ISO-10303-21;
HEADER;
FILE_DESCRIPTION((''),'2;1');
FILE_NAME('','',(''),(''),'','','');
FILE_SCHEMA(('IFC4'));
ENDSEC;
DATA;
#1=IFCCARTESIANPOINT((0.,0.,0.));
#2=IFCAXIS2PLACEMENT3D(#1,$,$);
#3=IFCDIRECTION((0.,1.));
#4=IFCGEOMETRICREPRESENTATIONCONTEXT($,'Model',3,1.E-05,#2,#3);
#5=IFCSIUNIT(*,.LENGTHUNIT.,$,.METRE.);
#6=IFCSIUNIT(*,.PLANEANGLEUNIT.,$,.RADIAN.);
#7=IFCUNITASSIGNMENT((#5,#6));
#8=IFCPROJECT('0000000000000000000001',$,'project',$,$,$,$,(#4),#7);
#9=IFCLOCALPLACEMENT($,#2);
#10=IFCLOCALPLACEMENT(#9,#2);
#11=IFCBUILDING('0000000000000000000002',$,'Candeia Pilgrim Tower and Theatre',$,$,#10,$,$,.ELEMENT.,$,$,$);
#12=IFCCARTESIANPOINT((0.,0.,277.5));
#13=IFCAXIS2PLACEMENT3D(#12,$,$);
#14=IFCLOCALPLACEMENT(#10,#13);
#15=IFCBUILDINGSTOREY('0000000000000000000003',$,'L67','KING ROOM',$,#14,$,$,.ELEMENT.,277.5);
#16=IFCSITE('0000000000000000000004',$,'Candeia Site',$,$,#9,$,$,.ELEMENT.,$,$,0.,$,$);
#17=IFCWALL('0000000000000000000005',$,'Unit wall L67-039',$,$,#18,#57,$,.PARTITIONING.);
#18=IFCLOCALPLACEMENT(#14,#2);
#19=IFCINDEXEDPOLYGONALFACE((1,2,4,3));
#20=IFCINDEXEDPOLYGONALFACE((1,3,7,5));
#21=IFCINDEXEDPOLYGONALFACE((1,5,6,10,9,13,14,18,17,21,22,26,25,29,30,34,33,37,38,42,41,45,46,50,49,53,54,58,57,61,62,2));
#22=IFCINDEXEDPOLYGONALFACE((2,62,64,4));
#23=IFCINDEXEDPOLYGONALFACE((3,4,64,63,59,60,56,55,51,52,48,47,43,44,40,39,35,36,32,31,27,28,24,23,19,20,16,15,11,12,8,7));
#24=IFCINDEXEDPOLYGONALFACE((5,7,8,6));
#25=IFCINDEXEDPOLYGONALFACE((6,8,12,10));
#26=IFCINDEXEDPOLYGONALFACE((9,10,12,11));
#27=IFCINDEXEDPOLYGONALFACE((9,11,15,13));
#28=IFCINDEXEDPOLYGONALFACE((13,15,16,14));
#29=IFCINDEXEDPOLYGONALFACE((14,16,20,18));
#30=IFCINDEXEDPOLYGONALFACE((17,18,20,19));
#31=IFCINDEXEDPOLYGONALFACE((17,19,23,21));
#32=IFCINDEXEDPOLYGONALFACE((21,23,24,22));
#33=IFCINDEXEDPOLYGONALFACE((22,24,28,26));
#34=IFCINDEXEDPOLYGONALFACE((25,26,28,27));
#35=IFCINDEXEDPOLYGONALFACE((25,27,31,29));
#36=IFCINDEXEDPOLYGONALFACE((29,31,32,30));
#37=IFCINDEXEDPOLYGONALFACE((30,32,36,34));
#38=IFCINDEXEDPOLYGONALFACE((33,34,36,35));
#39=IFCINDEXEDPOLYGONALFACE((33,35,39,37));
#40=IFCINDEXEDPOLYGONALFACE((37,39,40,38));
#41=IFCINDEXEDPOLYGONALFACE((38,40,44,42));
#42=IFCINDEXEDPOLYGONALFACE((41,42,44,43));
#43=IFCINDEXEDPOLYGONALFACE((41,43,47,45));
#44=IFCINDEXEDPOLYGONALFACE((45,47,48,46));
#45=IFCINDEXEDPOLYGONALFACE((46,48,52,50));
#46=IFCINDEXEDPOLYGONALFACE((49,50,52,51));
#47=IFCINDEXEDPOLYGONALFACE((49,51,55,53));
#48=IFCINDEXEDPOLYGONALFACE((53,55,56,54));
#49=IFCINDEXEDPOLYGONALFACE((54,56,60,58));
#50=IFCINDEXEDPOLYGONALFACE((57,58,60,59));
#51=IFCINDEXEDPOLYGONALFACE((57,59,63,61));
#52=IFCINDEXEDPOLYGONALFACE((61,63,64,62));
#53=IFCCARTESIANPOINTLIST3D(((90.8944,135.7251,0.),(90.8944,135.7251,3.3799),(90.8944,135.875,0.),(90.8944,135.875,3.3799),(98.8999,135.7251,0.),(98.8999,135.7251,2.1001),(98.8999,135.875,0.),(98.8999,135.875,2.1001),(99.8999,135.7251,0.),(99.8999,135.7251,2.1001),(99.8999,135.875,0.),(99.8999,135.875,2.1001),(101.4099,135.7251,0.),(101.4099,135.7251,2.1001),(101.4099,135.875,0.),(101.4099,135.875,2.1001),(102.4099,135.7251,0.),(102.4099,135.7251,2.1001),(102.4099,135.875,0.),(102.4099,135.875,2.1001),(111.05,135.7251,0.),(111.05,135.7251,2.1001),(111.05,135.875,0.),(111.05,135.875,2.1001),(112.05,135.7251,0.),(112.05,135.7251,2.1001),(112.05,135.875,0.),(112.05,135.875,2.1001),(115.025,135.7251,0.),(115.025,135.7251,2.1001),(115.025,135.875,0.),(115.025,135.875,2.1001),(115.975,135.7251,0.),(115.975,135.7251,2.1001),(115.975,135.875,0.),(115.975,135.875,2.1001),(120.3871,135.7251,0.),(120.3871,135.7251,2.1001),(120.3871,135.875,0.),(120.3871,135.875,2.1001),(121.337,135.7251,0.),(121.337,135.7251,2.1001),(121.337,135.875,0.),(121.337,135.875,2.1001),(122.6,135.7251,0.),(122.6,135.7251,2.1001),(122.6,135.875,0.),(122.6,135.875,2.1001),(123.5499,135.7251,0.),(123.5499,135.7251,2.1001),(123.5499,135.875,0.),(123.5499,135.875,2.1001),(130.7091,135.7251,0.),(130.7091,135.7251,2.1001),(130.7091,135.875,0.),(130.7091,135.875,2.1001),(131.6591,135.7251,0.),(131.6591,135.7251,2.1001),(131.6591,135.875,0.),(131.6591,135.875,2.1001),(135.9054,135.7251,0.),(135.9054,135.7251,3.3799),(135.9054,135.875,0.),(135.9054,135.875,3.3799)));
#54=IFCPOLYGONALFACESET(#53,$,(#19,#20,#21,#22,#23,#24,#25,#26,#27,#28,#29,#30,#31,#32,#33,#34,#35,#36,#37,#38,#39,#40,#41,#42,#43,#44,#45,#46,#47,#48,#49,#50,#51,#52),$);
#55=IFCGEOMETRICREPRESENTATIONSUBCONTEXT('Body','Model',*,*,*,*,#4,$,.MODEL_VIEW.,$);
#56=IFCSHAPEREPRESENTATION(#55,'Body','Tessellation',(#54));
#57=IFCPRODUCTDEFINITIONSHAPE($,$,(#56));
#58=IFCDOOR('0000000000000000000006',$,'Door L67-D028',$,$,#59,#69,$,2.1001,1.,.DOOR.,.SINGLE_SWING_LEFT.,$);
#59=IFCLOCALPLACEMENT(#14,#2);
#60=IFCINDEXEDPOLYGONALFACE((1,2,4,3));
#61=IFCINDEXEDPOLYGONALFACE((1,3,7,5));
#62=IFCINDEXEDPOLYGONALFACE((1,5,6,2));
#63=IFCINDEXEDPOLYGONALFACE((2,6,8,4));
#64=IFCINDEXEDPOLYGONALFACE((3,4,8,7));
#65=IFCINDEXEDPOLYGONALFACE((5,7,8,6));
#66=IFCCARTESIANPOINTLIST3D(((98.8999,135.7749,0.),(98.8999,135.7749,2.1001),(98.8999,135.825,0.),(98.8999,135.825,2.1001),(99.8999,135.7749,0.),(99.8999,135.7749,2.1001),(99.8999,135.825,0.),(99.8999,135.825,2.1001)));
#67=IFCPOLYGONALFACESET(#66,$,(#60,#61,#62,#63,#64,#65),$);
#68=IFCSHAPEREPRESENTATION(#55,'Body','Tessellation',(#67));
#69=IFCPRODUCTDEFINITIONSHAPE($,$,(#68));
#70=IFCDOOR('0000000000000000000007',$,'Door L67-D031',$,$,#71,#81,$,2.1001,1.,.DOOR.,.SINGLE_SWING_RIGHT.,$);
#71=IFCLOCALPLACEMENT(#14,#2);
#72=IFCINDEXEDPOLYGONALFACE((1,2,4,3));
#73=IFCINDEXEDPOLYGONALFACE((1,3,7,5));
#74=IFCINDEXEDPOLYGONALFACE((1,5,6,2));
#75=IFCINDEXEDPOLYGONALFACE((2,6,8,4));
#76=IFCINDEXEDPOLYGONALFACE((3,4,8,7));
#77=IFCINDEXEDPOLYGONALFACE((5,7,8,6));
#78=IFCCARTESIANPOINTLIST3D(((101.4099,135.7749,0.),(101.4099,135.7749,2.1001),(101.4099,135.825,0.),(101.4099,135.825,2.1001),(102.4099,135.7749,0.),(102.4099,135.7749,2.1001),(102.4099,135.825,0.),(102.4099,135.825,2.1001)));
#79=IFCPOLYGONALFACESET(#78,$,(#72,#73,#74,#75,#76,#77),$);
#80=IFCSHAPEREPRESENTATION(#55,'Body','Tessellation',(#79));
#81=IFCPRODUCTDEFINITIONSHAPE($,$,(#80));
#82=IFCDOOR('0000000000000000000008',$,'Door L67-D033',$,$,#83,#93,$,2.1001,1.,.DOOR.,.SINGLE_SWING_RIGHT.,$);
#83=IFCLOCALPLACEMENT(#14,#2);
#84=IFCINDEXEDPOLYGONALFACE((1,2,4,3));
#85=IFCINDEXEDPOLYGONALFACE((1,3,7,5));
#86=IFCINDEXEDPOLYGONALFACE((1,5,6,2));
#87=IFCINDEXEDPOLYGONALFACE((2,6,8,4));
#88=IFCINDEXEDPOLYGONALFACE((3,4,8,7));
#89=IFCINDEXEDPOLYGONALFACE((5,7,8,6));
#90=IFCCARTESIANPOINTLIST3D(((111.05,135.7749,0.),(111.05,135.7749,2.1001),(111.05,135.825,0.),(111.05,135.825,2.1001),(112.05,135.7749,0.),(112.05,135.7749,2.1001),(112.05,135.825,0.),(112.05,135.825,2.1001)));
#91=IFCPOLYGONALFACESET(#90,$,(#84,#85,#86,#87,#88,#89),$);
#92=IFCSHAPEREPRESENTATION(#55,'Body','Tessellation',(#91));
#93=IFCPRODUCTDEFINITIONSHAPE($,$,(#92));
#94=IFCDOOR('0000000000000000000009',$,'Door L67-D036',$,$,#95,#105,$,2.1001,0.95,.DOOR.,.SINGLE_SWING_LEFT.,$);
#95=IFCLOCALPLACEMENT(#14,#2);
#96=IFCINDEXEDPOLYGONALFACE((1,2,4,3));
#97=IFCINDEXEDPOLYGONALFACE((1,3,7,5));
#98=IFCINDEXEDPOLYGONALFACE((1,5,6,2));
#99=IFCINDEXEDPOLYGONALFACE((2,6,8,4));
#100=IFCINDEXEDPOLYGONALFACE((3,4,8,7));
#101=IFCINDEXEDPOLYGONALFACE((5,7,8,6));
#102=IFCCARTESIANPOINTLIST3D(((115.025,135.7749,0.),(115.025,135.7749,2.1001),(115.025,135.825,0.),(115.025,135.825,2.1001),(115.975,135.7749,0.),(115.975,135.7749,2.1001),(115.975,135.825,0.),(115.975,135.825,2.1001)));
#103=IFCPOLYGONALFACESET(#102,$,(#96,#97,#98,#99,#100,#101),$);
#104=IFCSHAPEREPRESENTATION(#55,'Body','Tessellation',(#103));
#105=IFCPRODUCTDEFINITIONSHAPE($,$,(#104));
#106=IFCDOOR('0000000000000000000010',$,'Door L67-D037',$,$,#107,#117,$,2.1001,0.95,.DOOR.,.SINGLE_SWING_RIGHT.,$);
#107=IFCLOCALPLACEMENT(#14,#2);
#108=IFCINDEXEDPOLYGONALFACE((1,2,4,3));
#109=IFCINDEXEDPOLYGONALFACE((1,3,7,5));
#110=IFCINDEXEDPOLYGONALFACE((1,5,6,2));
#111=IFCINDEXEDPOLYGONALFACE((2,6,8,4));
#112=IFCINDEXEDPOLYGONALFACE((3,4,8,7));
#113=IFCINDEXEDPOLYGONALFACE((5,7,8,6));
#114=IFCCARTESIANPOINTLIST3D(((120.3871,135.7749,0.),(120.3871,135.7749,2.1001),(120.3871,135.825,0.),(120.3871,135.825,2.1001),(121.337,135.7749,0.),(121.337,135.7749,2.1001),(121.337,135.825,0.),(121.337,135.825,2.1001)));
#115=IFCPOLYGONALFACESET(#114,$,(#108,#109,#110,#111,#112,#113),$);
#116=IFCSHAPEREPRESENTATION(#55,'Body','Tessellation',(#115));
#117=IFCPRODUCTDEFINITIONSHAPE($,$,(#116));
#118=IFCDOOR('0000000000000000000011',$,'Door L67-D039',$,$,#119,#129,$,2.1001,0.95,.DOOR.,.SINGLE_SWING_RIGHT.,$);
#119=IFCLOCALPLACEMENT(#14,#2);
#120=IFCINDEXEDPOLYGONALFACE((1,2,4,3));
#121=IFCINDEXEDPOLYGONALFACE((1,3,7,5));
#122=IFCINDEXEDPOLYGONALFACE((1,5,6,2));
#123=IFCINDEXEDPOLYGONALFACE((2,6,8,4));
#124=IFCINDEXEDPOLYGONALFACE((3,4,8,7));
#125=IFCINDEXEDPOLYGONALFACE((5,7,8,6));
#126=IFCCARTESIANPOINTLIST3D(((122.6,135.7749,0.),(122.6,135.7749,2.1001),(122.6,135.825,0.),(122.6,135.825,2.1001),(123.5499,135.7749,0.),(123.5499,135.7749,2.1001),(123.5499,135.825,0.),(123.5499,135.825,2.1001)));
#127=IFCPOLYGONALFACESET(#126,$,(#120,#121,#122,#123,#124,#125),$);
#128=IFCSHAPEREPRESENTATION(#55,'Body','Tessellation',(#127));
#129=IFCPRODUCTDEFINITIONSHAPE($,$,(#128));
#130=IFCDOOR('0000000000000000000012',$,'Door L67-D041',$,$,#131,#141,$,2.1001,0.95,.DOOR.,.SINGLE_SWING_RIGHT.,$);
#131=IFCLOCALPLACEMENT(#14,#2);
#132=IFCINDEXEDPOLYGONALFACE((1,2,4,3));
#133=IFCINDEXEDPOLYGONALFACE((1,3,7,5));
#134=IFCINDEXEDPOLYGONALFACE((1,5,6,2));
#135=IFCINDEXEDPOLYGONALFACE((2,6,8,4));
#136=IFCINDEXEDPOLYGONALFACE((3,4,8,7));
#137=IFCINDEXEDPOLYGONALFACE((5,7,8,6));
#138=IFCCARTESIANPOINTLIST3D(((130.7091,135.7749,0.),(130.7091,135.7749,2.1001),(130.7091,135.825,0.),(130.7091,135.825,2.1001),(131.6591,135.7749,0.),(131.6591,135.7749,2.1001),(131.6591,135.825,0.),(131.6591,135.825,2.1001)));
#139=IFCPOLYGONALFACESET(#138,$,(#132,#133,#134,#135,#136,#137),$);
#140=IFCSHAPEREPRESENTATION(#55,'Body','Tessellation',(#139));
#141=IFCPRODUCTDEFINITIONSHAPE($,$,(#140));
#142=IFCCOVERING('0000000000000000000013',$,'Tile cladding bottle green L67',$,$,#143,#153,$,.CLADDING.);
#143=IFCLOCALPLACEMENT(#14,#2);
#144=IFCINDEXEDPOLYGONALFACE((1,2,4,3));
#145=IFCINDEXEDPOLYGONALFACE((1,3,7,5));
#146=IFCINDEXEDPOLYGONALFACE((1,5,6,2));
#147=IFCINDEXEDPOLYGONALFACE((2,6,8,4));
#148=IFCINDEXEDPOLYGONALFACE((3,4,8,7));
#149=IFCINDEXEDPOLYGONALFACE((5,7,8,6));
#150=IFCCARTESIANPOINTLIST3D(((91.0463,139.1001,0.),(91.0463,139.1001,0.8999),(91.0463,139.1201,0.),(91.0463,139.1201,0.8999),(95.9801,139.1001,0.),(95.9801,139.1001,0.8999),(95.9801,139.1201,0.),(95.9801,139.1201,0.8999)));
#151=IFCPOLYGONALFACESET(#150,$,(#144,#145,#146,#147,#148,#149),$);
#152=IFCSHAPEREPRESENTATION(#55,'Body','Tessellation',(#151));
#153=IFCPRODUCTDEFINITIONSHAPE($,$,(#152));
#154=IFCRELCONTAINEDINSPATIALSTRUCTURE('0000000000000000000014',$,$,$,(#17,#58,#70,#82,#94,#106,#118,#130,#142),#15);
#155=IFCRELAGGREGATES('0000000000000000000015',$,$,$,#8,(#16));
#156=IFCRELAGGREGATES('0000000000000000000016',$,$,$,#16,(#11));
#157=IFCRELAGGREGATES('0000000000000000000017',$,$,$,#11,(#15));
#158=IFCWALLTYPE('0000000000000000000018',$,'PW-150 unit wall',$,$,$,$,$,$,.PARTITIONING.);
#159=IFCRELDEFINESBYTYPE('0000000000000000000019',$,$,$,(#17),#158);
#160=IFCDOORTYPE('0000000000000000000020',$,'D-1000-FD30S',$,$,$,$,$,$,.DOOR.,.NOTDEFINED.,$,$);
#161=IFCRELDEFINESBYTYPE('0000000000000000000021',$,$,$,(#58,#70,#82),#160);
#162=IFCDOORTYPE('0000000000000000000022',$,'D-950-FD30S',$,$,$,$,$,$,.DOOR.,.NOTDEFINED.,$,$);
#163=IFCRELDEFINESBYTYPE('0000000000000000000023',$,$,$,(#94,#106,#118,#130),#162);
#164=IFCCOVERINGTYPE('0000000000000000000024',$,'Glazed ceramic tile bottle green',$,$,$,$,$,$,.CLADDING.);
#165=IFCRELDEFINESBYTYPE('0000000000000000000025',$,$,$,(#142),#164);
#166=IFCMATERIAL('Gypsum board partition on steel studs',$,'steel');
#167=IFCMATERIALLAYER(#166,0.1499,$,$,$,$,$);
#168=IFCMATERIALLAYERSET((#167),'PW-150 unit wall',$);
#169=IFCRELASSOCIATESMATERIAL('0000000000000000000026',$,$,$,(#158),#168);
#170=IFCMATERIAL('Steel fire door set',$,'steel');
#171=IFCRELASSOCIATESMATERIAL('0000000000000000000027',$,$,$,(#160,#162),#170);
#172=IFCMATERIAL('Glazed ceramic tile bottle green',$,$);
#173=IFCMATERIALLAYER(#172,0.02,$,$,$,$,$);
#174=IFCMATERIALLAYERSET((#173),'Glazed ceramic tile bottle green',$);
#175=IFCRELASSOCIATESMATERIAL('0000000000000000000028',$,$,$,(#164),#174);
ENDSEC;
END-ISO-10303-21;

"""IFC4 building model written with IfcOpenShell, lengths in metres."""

from ifc_helpers import new_model, si_unit, direction, frame, frame_2d, origin, origin_2d, place, context, subcontext, project, spatial, rectangle, extrude, material, layer, layer_set, type_object, element, fill, save


model = new_model("IFC4")

# Units and contexts
model_context = context("Model", 3, precision=1e-05, world=origin(), true_north=direction((0.0, 1.0)))
body_context = subcontext(model_context, "Body", "Model", "MODEL_VIEW")
ifc_project = project(units=[si_unit("LENGTHUNIT", "METRE"), si_unit("PLANEANGLEUNIT", "RADIAN")], contexts=[model_context])

# Site, building, storey
site_placement = place(None, origin())
site = spatial("IfcSite", under=ifc_project, at=site_placement, Name="Candeia Site", CompositionType="ELEMENT", RefElevation=0.0)
building_placement = place(site_placement, origin())
building = spatial("IfcBuilding", under=site, at=building_placement, Name="Candeia Pilgrim Tower and Theatre", CompositionType="ELEMENT")
storey_placement = place(building_placement, frame((0.0, 0.0, 277.5)))
storey = spatial("IfcBuildingStorey", under=building, at=storey_placement, Name="L67", Description="KING ROOM", CompositionType="ELEMENT", Elevation=277.5)

# Shared definitions
ifc_material_1 = material(Name="Gypsum board partition on steel studs", Category="steel")

# Wall, openings, doors
ifc_layer_1 = layer(ifc_material_1, 0.1499)
ifc_layer_set_1 = layer_set([ifc_layer_1], Name="PW-150 unit wall")
wall_type_1 = type_object("IfcWallType", Name="PW-150 unit wall", PredefinedType="PARTITIONING", material=ifc_layer_set_1)
wall_1_placement = place(storey_placement, frame((90.8945, 135.8, 0.0), z_axis=(0.0, 0.0, 1.0), x_axis=(1.0, 0.0, 0.0)))
wall_1 = element("IfcWall", 1, at=wall_1_placement, inside=storey, type_object=wall_type_1, Name="Unit wall L67-039", PredefinedType="PARTITIONING", context=body_context, shape_type="SweptSolid", body=[
    extrude(rectangle(XDim=45.011, YDim=0.1499, at=frame_2d((22.5054, 0.0))), origin(), (0.0, 0.0, 1.0), 3.3799),
])
opening_1_placement = place(wall_1_placement, frame((8.0054, 0.0, 0.0)))
opening_1 = element("IfcOpeningElement", 2, at=opening_1_placement, cuts=wall_1, PredefinedType="OPENING", context=body_context, shape_type="SweptSolid", body=[
    extrude(rectangle(XDim=1.0, YDim=2.1001, at=frame_2d((0.5, 1.05))), frame((0.0, 0.085, 0.0), z_axis=(0.0, -1.0, 0.0), x_axis=(1.0, 0.0, 0.0)), (0.0, 0.0, 1.0), 0.1699),
])
opening_2_placement = place(wall_1_placement, frame((10.5154, 0.0, 0.0)))
opening_2 = element("IfcOpeningElement", 3, at=opening_2_placement, cuts=wall_1, PredefinedType="OPENING", context=body_context, shape_type="SweptSolid", body=[
    extrude(rectangle(XDim=1.0, YDim=2.1001, at=frame_2d((0.5, 1.05))), frame((0.0, 0.085, 0.0), z_axis=(0.0, -1.0, 0.0), x_axis=(1.0, 0.0, 0.0)), (0.0, 0.0, 1.0), 0.1699),
])
opening_3_placement = place(wall_1_placement, frame((20.1555, 0.0, 0.0)))
opening_3 = element("IfcOpeningElement", 4, at=opening_3_placement, cuts=wall_1, PredefinedType="OPENING", context=body_context, shape_type="SweptSolid", body=[
    extrude(rectangle(XDim=1.0, YDim=2.1001, at=frame_2d((0.5, 1.05))), frame((0.0, 0.085, 0.0), z_axis=(0.0, -1.0, 0.0), x_axis=(1.0, 0.0, 0.0)), (0.0, 0.0, 1.0), 0.1699),
])
opening_4_placement = place(wall_1_placement, frame((24.1304, 0.0, 0.0)))
opening_4 = element("IfcOpeningElement", 5, at=opening_4_placement, cuts=wall_1, PredefinedType="OPENING", context=body_context, shape_type="SweptSolid", body=[
    extrude(rectangle(XDim=0.95, YDim=2.1001, at=frame_2d((0.4751, 1.05))), frame((0.0, 0.085, 0.0), z_axis=(0.0, -1.0, 0.0), x_axis=(1.0, 0.0, 0.0)), (0.0, 0.0, 1.0), 0.1699),
])
opening_5_placement = place(wall_1_placement, frame((29.4924, 0.0, 0.0)))
opening_5 = element("IfcOpeningElement", 6, at=opening_5_placement, cuts=wall_1, PredefinedType="OPENING", context=body_context, shape_type="SweptSolid", body=[
    extrude(rectangle(XDim=0.95, YDim=2.1001, at=frame_2d((0.4751, 1.05))), frame((0.0, 0.085, 0.0), z_axis=(0.0, -1.0, 0.0), x_axis=(1.0, 0.0, 0.0)), (0.0, 0.0, 1.0), 0.1699),
])
opening_6_placement = place(wall_1_placement, frame((31.7053, 0.0, 0.0)))
opening_6 = element("IfcOpeningElement", 7, at=opening_6_placement, cuts=wall_1, PredefinedType="OPENING", context=body_context, shape_type="SweptSolid", body=[
    extrude(rectangle(XDim=0.95, YDim=2.1001, at=frame_2d((0.4751, 1.05))), frame((0.0, 0.085, 0.0), z_axis=(0.0, -1.0, 0.0), x_axis=(1.0, 0.0, 0.0)), (0.0, 0.0, 1.0), 0.1699),
])
opening_7_placement = place(wall_1_placement, frame((39.8145, 0.0, 0.0)))
opening_7 = element("IfcOpeningElement", 8, at=opening_7_placement, cuts=wall_1, PredefinedType="OPENING", context=body_context, shape_type="SweptSolid", body=[
    extrude(rectangle(XDim=0.95, YDim=2.1001, at=frame_2d((0.4751, 1.05))), frame((0.0, 0.085, 0.0), z_axis=(0.0, -1.0, 0.0), x_axis=(1.0, 0.0, 0.0)), (0.0, 0.0, 1.0), 0.1699),
])
ifc_material_2 = material(Name="Steel fire door set", Category="steel")
door_type_1 = type_object("IfcDoorType", Name="D-1000-FD30S", OperationType="NOTDEFINED", PredefinedType="DOOR", material=ifc_material_2)
door_1_placement = place(opening_1_placement, origin())
door_1 = element("IfcDoor", 9, at=door_1_placement, inside=storey, type_object=door_type_1, Name="Door L67-D028", OperationType="SINGLE_SWING_LEFT", OverallHeight=2.1001, OverallWidth=1.0, PredefinedType="DOOR", context=body_context, shape_type="SweptSolid", body=[
    extrude(rectangle(XDim=1.0, YDim=2.1001, at=frame_2d((0.5, 1.05))), frame((0.0, 0.0249, 0.0), z_axis=(0.0, -1.0, 0.0), x_axis=(1.0, 0.0, 0.0)), (0.0, 0.0, 1.0), 0.05),
])
fill(opening_1, door_1)
door_2_placement = place(opening_2_placement, origin())
door_2 = element("IfcDoor", 10, at=door_2_placement, inside=storey, type_object=door_type_1, Name="Door L67-D031", OperationType="SINGLE_SWING_RIGHT", OverallHeight=2.1001, OverallWidth=1.0, PredefinedType="DOOR", context=body_context, shape_type="SweptSolid", body=[
    extrude(rectangle(XDim=1.0, YDim=2.1001, at=frame_2d((0.5, 1.05))), frame((0.0, 0.0249, 0.0), z_axis=(0.0, -1.0, 0.0), x_axis=(1.0, 0.0, 0.0)), (0.0, 0.0, 1.0), 0.05),
])
fill(opening_2, door_2)
door_3_placement = place(opening_3_placement, origin())
door_3 = element("IfcDoor", 11, at=door_3_placement, inside=storey, type_object=door_type_1, Name="Door L67-D033", OperationType="SINGLE_SWING_RIGHT", OverallHeight=2.1001, OverallWidth=1.0, PredefinedType="DOOR", context=body_context, shape_type="SweptSolid", body=[
    extrude(rectangle(XDim=1.0, YDim=2.1001, at=frame_2d((0.5, 1.05))), frame((0.0, 0.0249, 0.0), z_axis=(0.0, -1.0, 0.0), x_axis=(1.0, 0.0, 0.0)), (0.0, 0.0, 1.0), 0.05),
])
fill(opening_3, door_3)
door_type_2 = type_object("IfcDoorType", Name="D-950-FD30S", OperationType="NOTDEFINED", PredefinedType="DOOR", material=ifc_material_2)
door_4_placement = place(opening_4_placement, origin())
door_4 = element("IfcDoor", 12, at=door_4_placement, inside=storey, type_object=door_type_2, Name="Door L67-D036", OperationType="SINGLE_SWING_LEFT", OverallHeight=2.1001, OverallWidth=0.95, PredefinedType="DOOR", context=body_context, shape_type="SweptSolid", body=[
    extrude(rectangle(XDim=0.95, YDim=2.1001, at=frame_2d((0.4751, 1.05))), frame((0.0, 0.0249, 0.0), z_axis=(0.0, -1.0, 0.0), x_axis=(1.0, 0.0, 0.0)), (0.0, 0.0, 1.0), 0.05),
])
fill(opening_4, door_4)
door_5_placement = place(opening_5_placement, origin())
door_5 = element("IfcDoor", 13, at=door_5_placement, inside=storey, type_object=door_type_2, Name="Door L67-D037", OperationType="SINGLE_SWING_RIGHT", OverallHeight=2.1001, OverallWidth=0.95, PredefinedType="DOOR", context=body_context, shape_type="SweptSolid", body=[
    extrude(rectangle(XDim=0.95, YDim=2.1001, at=frame_2d((0.4751, 1.05))), frame((0.0, 0.0249, 0.0), z_axis=(0.0, -1.0, 0.0), x_axis=(1.0, 0.0, 0.0)), (0.0, 0.0, 1.0), 0.05),
])
fill(opening_5, door_5)
door_6_placement = place(opening_6_placement, origin())
door_6 = element("IfcDoor", 14, at=door_6_placement, inside=storey, type_object=door_type_2, Name="Door L67-D039", OperationType="SINGLE_SWING_RIGHT", OverallHeight=2.1001, OverallWidth=0.95, PredefinedType="DOOR", context=body_context, shape_type="SweptSolid", body=[
    extrude(rectangle(XDim=0.95, YDim=2.1001, at=frame_2d((0.4751, 1.05))), frame((0.0, 0.0249, 0.0), z_axis=(0.0, -1.0, 0.0), x_axis=(1.0, 0.0, 0.0)), (0.0, 0.0, 1.0), 0.05),
])
fill(opening_6, door_6)
door_7_placement = place(opening_7_placement, origin())
door_7 = element("IfcDoor", 15, at=door_7_placement, inside=storey, type_object=door_type_2, Name="Door L67-D041", OperationType="SINGLE_SWING_RIGHT", OverallHeight=2.1001, OverallWidth=0.95, PredefinedType="DOOR", context=body_context, shape_type="SweptSolid", body=[
    extrude(rectangle(XDim=0.95, YDim=2.1001, at=frame_2d((0.4751, 1.05))), frame((0.0, 0.0249, 0.0), z_axis=(0.0, -1.0, 0.0), x_axis=(1.0, 0.0, 0.0)), (0.0, 0.0, 1.0), 0.05),
])
fill(opening_7, door_7)

# Covering
ifc_material_3 = material(Name="Glazed ceramic tile bottle green")
ifc_layer_2 = layer(ifc_material_3, 0.02)
ifc_layer_set_2 = layer_set([ifc_layer_2], Name="Glazed ceramic tile bottle green")
covering_type_1 = type_object("IfcCoveringType", Name="Glazed ceramic tile bottle green", PredefinedType="CLADDING", material=ifc_layer_set_2)
covering_1_placement = place(storey_placement, frame((93.5132, 139.1101, 0.0), z_axis=(0.0, 0.0, 1.0), x_axis=(-1.0, 0.0, 0.0)))
element("IfcCovering", 16, at=covering_1_placement, inside=storey, type_object=covering_type_1, Name="Tile cladding bottle green L67", PredefinedType="CLADDING", context=body_context, shape_type="SweptSolid", body=[
    extrude(rectangle(XDim=4.9338, YDim=0.02, at=origin_2d()), origin(), (0.0, 0.0, 1.0), 0.8999),
])

save(model, "model.ifc")
